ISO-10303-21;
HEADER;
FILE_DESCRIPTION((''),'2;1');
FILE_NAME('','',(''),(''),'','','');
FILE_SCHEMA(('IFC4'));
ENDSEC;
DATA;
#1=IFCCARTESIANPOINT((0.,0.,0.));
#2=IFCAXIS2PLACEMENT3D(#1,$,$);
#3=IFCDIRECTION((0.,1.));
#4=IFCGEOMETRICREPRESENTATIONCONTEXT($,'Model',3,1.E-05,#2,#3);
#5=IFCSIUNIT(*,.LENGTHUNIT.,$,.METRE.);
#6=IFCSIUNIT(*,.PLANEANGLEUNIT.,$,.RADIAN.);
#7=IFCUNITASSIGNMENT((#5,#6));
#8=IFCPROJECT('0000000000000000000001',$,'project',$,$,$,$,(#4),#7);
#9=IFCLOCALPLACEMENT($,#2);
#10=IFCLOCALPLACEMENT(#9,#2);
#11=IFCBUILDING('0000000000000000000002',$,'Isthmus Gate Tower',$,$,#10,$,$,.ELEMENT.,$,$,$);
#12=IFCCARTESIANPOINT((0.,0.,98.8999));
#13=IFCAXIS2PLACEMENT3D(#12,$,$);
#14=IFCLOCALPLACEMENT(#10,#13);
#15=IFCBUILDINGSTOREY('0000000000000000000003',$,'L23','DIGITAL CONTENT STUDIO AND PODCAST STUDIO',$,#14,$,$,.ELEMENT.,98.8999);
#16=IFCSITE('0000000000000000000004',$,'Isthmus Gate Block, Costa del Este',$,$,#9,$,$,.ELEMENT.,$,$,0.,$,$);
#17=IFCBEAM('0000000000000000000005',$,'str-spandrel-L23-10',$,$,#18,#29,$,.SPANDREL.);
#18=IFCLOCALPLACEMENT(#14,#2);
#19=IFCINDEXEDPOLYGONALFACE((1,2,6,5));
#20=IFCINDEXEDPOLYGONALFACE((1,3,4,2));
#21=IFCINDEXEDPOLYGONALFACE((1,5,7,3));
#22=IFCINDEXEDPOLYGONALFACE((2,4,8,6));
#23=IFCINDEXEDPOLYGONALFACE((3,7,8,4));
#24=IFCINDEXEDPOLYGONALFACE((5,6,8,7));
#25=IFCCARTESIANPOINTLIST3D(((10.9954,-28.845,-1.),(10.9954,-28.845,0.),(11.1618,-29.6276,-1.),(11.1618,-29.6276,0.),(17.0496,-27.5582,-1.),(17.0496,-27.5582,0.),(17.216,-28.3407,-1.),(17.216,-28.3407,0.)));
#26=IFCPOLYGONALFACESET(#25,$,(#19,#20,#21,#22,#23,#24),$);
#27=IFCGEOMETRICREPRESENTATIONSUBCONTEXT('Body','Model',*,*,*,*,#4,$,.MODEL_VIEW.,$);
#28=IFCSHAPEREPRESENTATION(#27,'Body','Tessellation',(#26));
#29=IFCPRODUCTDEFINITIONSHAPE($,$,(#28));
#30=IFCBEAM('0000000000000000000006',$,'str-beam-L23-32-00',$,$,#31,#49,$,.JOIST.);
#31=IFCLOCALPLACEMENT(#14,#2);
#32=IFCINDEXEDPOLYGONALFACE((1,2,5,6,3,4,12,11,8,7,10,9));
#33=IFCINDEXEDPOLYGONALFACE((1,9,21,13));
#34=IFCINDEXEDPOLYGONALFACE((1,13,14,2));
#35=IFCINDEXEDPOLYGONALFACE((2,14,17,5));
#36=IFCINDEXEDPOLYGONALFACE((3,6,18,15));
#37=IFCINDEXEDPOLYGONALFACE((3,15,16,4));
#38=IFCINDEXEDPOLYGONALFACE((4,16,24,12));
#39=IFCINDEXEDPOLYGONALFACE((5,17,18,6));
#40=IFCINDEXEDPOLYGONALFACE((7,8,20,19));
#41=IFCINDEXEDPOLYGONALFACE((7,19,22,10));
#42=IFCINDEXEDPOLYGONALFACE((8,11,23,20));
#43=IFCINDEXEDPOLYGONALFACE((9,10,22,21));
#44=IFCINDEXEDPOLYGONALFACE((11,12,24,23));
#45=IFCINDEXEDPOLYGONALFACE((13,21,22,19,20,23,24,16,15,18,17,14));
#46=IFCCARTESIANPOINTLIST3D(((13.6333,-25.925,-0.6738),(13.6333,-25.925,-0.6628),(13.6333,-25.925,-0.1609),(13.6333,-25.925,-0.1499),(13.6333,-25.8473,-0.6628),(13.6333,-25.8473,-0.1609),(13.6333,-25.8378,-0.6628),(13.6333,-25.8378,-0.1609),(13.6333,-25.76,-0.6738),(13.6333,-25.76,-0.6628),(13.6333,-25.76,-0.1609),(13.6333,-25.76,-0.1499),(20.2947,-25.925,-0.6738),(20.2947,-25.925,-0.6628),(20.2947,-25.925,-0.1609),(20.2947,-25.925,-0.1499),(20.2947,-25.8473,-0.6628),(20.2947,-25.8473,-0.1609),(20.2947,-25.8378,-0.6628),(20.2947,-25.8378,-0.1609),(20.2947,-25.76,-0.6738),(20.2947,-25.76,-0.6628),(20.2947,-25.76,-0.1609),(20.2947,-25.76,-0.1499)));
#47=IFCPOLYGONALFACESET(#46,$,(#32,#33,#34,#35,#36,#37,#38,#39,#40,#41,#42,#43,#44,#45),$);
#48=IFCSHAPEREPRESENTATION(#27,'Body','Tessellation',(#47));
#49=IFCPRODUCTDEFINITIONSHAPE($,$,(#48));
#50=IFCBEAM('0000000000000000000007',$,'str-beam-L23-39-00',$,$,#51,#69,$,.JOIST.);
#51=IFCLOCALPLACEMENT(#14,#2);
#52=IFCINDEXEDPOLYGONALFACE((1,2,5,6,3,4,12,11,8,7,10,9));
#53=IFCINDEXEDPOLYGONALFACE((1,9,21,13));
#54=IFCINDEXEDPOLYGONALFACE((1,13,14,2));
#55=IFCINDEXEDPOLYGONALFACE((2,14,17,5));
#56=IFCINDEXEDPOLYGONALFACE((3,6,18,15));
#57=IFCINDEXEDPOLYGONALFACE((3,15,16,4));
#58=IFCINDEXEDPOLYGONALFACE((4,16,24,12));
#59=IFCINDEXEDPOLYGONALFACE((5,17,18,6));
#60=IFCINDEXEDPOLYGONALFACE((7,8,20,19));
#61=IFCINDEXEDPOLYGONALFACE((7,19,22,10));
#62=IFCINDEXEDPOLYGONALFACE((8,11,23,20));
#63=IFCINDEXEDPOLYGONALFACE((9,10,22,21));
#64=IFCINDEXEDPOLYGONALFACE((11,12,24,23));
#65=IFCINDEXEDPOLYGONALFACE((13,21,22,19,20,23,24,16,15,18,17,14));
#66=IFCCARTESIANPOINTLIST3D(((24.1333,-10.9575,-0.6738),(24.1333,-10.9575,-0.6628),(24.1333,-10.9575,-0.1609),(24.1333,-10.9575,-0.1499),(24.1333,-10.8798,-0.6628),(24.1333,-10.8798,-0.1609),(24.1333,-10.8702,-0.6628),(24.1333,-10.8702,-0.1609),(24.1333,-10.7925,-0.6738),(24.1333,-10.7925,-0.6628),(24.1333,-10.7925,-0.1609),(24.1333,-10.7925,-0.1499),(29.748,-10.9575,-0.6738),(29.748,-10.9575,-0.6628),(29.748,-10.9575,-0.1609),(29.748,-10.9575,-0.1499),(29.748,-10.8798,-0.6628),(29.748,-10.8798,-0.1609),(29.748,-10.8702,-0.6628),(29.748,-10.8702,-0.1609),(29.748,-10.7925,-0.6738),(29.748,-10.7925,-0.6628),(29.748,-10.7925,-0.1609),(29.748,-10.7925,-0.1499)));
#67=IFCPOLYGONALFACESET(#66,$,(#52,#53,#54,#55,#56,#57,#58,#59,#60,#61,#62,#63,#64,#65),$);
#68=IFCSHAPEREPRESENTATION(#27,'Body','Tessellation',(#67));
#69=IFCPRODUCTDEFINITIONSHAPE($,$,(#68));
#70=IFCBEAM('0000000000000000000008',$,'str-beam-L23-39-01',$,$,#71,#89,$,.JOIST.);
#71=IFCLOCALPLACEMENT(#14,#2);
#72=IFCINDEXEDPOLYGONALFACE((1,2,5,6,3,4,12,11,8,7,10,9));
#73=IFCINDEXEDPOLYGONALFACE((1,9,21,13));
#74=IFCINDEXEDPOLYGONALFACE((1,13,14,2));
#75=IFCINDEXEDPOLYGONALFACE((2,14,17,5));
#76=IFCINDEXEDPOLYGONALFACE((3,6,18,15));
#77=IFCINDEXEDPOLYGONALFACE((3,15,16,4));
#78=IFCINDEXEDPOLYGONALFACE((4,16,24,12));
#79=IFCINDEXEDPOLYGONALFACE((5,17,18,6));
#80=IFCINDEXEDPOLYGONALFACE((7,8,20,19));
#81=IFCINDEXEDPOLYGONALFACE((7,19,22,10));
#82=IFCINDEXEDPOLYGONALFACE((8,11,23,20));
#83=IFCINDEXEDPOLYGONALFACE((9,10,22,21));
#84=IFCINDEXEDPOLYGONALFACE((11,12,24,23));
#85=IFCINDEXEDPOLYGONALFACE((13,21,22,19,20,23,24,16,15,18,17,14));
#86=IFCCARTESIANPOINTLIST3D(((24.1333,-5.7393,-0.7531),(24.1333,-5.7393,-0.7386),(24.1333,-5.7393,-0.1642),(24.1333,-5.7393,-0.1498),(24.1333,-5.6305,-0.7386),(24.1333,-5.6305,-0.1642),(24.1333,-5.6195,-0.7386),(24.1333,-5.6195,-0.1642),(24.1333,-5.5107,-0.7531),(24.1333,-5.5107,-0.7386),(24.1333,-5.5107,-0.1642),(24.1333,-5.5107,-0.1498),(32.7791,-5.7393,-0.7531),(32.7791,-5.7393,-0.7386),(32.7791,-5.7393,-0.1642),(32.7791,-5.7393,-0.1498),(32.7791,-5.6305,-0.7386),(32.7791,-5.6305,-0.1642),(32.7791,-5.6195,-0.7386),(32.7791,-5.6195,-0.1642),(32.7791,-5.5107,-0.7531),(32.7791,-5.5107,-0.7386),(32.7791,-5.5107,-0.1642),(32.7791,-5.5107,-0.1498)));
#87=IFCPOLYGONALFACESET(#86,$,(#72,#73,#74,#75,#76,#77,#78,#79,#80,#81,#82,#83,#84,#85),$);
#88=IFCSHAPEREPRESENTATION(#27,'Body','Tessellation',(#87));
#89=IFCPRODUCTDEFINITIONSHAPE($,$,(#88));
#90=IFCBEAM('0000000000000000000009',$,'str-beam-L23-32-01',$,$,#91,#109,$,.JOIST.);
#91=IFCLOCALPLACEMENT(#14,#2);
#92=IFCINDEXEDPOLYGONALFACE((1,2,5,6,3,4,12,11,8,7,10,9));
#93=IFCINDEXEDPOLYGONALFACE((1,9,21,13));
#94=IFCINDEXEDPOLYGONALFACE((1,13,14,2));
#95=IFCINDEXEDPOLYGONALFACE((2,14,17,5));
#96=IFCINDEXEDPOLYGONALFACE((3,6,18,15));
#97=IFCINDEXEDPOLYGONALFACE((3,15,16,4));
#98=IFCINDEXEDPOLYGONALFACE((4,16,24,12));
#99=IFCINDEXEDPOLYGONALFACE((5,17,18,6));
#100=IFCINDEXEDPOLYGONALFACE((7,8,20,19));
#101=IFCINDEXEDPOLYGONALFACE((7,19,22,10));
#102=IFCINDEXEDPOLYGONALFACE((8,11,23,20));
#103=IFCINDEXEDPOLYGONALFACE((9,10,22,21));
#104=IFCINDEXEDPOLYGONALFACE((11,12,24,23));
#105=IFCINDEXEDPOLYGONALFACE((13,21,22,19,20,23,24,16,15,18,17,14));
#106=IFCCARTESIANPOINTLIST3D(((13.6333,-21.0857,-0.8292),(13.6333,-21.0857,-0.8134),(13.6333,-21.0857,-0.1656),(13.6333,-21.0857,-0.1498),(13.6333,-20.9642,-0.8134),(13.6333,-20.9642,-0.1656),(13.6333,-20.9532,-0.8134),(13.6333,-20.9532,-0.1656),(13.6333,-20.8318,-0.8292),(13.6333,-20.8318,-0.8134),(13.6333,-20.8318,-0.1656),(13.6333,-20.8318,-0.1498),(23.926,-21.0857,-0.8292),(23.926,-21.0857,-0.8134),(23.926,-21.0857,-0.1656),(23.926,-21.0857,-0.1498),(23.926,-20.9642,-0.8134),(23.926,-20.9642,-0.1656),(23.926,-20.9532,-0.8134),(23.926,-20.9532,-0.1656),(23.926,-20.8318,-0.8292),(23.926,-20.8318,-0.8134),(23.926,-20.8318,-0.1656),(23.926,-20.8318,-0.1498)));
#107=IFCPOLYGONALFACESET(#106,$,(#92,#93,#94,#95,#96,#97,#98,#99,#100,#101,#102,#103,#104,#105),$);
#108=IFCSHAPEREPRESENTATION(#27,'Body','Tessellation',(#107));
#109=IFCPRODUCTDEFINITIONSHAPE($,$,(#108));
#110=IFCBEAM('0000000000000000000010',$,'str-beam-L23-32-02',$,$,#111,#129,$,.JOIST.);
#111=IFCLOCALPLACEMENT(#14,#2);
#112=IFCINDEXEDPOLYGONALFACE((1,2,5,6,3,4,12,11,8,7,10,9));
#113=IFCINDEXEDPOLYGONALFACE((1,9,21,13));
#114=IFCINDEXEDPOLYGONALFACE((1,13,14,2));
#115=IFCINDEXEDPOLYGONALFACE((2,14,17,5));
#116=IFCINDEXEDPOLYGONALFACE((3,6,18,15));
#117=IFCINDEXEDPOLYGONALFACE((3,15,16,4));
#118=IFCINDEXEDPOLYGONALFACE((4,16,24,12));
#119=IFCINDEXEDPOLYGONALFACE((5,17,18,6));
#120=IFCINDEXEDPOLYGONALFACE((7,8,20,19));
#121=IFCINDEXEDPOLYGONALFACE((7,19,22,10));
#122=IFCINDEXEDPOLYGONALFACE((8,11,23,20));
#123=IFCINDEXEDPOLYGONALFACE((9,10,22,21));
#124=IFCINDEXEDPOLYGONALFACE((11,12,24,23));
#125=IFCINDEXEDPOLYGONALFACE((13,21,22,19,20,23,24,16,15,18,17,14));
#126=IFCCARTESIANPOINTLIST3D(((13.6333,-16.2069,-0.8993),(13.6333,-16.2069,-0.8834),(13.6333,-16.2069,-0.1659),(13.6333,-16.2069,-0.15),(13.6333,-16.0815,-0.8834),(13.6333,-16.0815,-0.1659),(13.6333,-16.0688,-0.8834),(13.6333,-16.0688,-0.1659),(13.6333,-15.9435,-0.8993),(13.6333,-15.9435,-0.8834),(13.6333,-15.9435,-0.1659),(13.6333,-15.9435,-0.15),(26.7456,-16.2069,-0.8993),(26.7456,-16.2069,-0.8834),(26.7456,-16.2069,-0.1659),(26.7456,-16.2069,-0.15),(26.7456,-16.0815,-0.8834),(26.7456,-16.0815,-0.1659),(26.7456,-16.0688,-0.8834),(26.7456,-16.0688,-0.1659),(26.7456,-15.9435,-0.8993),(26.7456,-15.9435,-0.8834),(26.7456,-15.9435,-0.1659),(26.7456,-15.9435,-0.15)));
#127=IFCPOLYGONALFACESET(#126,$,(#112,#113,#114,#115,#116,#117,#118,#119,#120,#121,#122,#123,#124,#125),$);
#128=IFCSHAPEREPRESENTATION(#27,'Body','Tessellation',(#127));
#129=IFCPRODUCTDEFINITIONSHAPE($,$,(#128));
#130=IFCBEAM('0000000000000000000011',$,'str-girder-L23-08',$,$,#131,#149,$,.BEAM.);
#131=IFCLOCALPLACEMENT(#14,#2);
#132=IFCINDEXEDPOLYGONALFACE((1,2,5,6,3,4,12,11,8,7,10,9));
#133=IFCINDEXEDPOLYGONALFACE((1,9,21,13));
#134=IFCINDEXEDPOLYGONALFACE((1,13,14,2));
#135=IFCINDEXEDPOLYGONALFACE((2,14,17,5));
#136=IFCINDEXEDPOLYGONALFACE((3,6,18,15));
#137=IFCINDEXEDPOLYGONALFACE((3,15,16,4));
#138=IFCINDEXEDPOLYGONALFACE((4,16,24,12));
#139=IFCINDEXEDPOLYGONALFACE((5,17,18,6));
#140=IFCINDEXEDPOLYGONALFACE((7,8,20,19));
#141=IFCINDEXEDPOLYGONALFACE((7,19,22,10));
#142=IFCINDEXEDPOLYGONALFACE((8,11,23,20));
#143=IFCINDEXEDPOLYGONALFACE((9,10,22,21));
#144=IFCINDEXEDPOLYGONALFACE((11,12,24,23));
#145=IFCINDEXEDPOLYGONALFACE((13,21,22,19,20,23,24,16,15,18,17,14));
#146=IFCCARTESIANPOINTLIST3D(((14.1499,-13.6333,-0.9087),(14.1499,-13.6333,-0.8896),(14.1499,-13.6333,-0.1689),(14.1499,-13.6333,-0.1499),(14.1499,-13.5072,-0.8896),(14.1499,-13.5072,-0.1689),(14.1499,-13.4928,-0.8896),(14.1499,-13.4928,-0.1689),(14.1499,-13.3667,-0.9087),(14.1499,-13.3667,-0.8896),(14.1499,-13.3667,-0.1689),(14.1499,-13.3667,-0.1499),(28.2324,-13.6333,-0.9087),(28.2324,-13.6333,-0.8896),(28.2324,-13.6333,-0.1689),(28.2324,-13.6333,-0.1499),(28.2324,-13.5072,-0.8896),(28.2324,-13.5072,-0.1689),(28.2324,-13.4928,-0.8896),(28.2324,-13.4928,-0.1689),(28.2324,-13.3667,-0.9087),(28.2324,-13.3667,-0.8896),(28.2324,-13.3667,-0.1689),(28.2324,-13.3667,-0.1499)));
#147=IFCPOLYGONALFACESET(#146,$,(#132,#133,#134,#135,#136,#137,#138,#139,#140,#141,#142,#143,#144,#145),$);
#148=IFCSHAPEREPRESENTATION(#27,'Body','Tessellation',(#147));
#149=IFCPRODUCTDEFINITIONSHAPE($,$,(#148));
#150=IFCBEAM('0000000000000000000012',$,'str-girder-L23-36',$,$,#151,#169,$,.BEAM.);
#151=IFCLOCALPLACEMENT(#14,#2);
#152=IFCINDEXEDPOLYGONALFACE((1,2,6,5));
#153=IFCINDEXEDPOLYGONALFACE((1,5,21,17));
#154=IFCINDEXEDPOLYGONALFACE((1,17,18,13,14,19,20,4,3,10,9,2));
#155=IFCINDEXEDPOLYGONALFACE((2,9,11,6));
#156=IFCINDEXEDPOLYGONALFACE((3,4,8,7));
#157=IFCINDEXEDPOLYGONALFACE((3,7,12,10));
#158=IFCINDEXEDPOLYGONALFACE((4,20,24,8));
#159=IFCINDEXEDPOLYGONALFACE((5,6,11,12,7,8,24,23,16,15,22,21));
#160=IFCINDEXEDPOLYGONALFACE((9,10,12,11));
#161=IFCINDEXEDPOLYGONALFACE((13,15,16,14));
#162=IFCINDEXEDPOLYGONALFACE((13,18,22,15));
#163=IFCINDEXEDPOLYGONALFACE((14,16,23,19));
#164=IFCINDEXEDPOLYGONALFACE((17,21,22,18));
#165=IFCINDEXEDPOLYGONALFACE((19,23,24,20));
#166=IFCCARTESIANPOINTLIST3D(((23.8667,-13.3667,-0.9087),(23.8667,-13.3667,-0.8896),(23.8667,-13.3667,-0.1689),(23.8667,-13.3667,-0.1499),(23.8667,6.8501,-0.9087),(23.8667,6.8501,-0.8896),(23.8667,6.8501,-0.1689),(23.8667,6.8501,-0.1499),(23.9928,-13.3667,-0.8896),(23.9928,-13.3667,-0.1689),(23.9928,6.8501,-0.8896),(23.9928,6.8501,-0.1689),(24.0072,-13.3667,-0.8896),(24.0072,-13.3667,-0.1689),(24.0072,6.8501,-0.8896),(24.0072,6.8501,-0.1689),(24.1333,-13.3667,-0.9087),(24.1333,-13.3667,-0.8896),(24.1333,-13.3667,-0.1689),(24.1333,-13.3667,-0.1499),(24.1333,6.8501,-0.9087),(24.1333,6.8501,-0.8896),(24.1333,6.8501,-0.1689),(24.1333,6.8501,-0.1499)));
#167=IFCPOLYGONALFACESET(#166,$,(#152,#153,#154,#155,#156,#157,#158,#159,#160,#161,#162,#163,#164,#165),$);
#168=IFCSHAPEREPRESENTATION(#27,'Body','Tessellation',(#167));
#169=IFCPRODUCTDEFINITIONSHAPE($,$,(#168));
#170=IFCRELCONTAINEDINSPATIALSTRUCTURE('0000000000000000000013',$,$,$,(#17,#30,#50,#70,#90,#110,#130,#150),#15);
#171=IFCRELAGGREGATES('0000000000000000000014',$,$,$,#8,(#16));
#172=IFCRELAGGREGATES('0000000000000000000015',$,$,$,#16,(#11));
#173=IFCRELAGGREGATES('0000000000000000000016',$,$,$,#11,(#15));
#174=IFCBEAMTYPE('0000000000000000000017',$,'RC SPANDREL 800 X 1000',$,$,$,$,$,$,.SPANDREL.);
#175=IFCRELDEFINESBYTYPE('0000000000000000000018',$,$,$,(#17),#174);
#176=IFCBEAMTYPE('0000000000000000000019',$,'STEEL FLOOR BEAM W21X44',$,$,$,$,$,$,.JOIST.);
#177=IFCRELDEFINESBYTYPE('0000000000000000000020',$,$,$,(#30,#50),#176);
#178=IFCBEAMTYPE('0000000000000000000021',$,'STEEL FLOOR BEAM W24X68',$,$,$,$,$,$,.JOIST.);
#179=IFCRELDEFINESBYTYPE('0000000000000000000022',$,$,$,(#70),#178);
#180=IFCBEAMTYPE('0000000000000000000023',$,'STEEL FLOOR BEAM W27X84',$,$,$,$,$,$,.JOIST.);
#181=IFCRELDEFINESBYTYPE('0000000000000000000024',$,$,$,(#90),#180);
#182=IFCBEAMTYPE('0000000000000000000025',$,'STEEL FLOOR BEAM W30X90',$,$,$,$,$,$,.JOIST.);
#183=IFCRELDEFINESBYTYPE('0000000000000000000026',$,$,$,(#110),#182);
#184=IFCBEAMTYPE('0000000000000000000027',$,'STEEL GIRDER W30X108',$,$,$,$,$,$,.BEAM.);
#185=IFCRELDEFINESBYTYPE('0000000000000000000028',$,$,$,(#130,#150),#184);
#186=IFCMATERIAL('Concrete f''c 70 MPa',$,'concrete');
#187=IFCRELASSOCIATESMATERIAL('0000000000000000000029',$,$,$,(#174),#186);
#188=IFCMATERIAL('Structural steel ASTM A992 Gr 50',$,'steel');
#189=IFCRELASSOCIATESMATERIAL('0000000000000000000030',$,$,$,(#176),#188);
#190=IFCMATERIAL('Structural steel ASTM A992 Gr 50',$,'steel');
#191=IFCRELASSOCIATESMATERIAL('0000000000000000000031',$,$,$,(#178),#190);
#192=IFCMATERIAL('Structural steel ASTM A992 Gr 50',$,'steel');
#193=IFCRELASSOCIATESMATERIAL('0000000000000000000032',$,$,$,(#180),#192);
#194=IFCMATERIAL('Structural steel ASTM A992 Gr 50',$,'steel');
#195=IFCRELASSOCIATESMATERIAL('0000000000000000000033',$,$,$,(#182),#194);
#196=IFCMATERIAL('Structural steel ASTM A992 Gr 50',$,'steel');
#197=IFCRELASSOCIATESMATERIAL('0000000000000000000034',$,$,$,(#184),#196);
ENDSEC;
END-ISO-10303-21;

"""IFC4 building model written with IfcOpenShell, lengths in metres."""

from ifc_helpers import new_model, si_unit, direction, frame, origin, origin_2d, place, context, subcontext, project, spatial, rectangle, i_section, extrude, material, material_profile, profile_set, type_object, element, save


model = new_model("IFC4")

# Units and contexts
model_context = context("Model", 3, precision=1e-05, world=origin(), true_north=direction((0.0, 1.0)))
body_context = subcontext(model_context, "Body", "Model", "MODEL_VIEW")
ifc_project = project(units=[si_unit("LENGTHUNIT", "METRE"), si_unit("PLANEANGLEUNIT", "RADIAN")], contexts=[model_context])

# Site, building, storey
site_placement = place(None, origin())
site = spatial("IfcSite", under=ifc_project, at=site_placement, Name="Isthmus Gate Block, Costa del Este", CompositionType="ELEMENT", RefElevation=0.0)
building_placement = place(site_placement, origin())
building = spatial("IfcBuilding", under=site, at=building_placement, Name="Isthmus Gate Tower", CompositionType="ELEMENT")
storey_placement = place(building_placement, frame((0.0, 0.0, 98.8999)))
storey = spatial("IfcBuildingStorey", under=building, at=storey_placement, Name="L23", Description="DIGITAL CONTENT STUDIO AND PODCAST STUDIO", CompositionType="ELEMENT", Elevation=98.8999)

# Beams
ifc_material_1 = material(Name="Concrete f'c 70 MPa", Category="concrete")
ifc_material_profile_1 = material_profile(ifc_material_1, rectangle(XDim=0.8, YDim=1.0, at=origin_2d()), Name="RC 800X1000")
ifc_profile_set_1 = profile_set([ifc_material_profile_1], Name="Concrete f'c 70 MPa")
beam_type_1 = type_object("IfcBeamType", Name="RC SPANDREL 800 X 1000", PredefinedType="SPANDREL", material=ifc_profile_set_1)
beam_1_placement = place(storey_placement, frame((17.1328, -27.9495, -0.5), z_axis=(-0.978147, -0.207913, 0.0), x_axis=(0.207913, -0.978147, 0.0)))
element("IfcBeam", 1, at=beam_1_placement, inside=storey, type_object=beam_type_1, Name="str-spandrel-L23-10", PredefinedType="SPANDREL", context=body_context, shape_type="SweptSolid", body=[
    extrude(rectangle(XDim=0.8, YDim=1.0, at=origin_2d()), origin(), (0.0, 0.0, 1.0), 6.1895),
])
ifc_material_2 = material(Name="Structural steel ASTM A992 Gr 50", Category="steel")
ifc_material_profile_2 = material_profile(ifc_material_2, i_section(OverallWidth=0.165, OverallDepth=0.5239, WebThickness=0.0095, FlangeThickness=0.011, at=origin_2d()), Name="W21X44")
ifc_profile_set_2 = profile_set([ifc_material_profile_2], Name="Structural steel ASTM A992 Gr 50")
beam_type_2 = type_object("IfcBeamType", Name="STEEL FLOOR BEAM W21X44", PredefinedType="JOIST", material=ifc_profile_set_2)
beam_2_placement = place(storey_placement, frame((13.6333, -25.8425, -0.4119), z_axis=(1.0, 0.0, 0.0), x_axis=(0.0, 1.0, 0.0)))
element("IfcBeam", 2, at=beam_2_placement, inside=storey, type_object=beam_type_2, Name="str-beam-L23-32-00", PredefinedType="JOIST", context=body_context, shape_type="SweptSolid", body=[
    extrude(i_section(OverallWidth=0.165, OverallDepth=0.5239, WebThickness=0.0095, FlangeThickness=0.011, at=origin_2d()), origin(), (0.0, 0.0, 1.0), 6.6614),
])
beam_3_placement = place(storey_placement, frame((24.1333, -10.875, -0.4119), z_axis=(1.0, 0.0, 0.0), x_axis=(0.0, 1.0, 0.0)))
element("IfcBeam", 3, at=beam_3_placement, inside=storey, type_object=beam_type_2, Name="str-beam-L23-39-00", PredefinedType="JOIST", context=body_context, shape_type="SweptSolid", body=[
    extrude(i_section(OverallWidth=0.165, OverallDepth=0.5239, WebThickness=0.0095, FlangeThickness=0.011, at=origin_2d()), origin(), (0.0, 0.0, 1.0), 5.6147),
])
ifc_material_3 = material(Name="Structural steel ASTM A992 Gr 50", Category="steel")
ifc_material_profile_3 = material_profile(ifc_material_3, i_section(OverallWidth=0.2285, OverallDepth=0.6033, WebThickness=0.011, FlangeThickness=0.0144, at=origin_2d()), Name="W24X68")
ifc_profile_set_3 = profile_set([ifc_material_profile_3], Name="Structural steel ASTM A992 Gr 50")
beam_type_3 = type_object("IfcBeamType", Name="STEEL FLOOR BEAM W24X68", PredefinedType="JOIST", material=ifc_profile_set_3)
beam_4_placement = place(storey_placement, frame((24.1333, -5.625, -0.4514), z_axis=(1.0, 0.0, 0.0), x_axis=(0.0, 1.0, 0.0)))
element("IfcBeam", 4, at=beam_4_placement, inside=storey, type_object=beam_type_3, Name="str-beam-L23-39-01", PredefinedType="JOIST", context=body_context, shape_type="SweptSolid", body=[
    extrude(i_section(OverallWidth=0.2285, OverallDepth=0.6033, WebThickness=0.011, FlangeThickness=0.0144, at=origin_2d()), origin(), (0.0, 0.0, 1.0), 8.6458),
])
ifc_material_4 = material(Name="Structural steel ASTM A992 Gr 50", Category="steel")
ifc_material_profile_4 = material_profile(ifc_material_4, i_section(OverallWidth=0.2539, OverallDepth=0.6794, WebThickness=0.011, FlangeThickness=0.0159, at=origin_2d()), Name="W27X84")
ifc_profile_set_4 = profile_set([ifc_material_profile_4], Name="Structural steel ASTM A992 Gr 50")
beam_type_4 = type_object("IfcBeamType", Name="STEEL FLOOR BEAM W27X84", PredefinedType="JOIST", material=ifc_profile_set_4)
beam_5_placement = place(storey_placement, frame((13.6333, -20.9587, -0.4895), z_axis=(1.0, 0.0, 0.0), x_axis=(0.0, 1.0, 0.0)))
element("IfcBeam", 5, at=beam_5_placement, inside=storey, type_object=beam_type_4, Name="str-beam-L23-32-01", PredefinedType="JOIST", context=body_context, shape_type="SweptSolid", body=[
    extrude(i_section(OverallWidth=0.2539, OverallDepth=0.6794, WebThickness=0.011, FlangeThickness=0.0159, at=origin_2d()), origin(), (0.0, 0.0, 1.0), 10.2927),
])
ifc_material_5 = material(Name="Structural steel ASTM A992 Gr 50", Category="steel")
ifc_material_profile_5 = material_profile(ifc_material_5, i_section(OverallWidth=0.2634, OverallDepth=0.7493, WebThickness=0.0127, FlangeThickness=0.0159, at=origin_2d()), Name="W30X90")
ifc_profile_set_5 = profile_set([ifc_material_profile_5], Name="Structural steel ASTM A992 Gr 50")
beam_type_5 = type_object("IfcBeamType", Name="STEEL FLOOR BEAM W30X90", PredefinedType="JOIST", material=ifc_profile_set_5)
beam_6_placement = place(storey_placement, frame((13.6333, -16.0752, -0.5247), z_axis=(1.0, 0.0, 0.0), x_axis=(0.0, 1.0, 0.0)))
element("IfcBeam", 6, at=beam_6_placement, inside=storey, type_object=beam_type_5, Name="str-beam-L23-32-02", PredefinedType="JOIST", context=body_context, shape_type="SweptSolid", body=[
    extrude(i_section(OverallWidth=0.2634, OverallDepth=0.7493, WebThickness=0.0127, FlangeThickness=0.0159, at=origin_2d()), origin(), (0.0, 0.0, 1.0), 13.1123),
])
ifc_material_6 = material(Name="Structural steel ASTM A992 Gr 50", Category="steel")
ifc_material_profile_6 = material_profile(ifc_material_6, i_section(OverallWidth=0.2666, OverallDepth=0.7588, WebThickness=0.0144, FlangeThickness=0.019, at=origin_2d()), Name="W30X108")
ifc_profile_set_6 = profile_set([ifc_material_profile_6], Name="Structural steel ASTM A992 Gr 50")
beam_type_6 = type_object("IfcBeamType", Name="STEEL GIRDER W30X108", PredefinedType="BEAM", material=ifc_profile_set_6)
beam_7_placement = place(storey_placement, frame((14.1499, -13.5, -0.5293), z_axis=(1.0, 0.0, 0.0), x_axis=(0.0, 1.0, 0.0)))
element("IfcBeam", 7, at=beam_7_placement, inside=storey, type_object=beam_type_6, Name="str-girder-L23-08", PredefinedType="BEAM", context=body_context, shape_type="SweptSolid", body=[
    extrude(i_section(OverallWidth=0.2666, OverallDepth=0.7588, WebThickness=0.0144, FlangeThickness=0.019, at=origin_2d()), origin(), (0.0, 0.0, 1.0), 14.0825),
])
beam_8_placement = place(storey_placement, frame((24.0, -13.3667, -0.5293), z_axis=(0.0, 1.0, 0.0), x_axis=(-1.0, 0.0, 0.0)))
element("IfcBeam", 8, at=beam_8_placement, inside=storey, type_object=beam_type_6, Name="str-girder-L23-36", PredefinedType="BEAM", context=body_context, shape_type="SweptSolid", body=[
    extrude(i_section(OverallWidth=0.2666, OverallDepth=0.7588, WebThickness=0.0144, FlangeThickness=0.019, at=origin_2d()), origin(), (0.0, 0.0, 1.0), 20.2168),
])

save(model, "model.ifc")
